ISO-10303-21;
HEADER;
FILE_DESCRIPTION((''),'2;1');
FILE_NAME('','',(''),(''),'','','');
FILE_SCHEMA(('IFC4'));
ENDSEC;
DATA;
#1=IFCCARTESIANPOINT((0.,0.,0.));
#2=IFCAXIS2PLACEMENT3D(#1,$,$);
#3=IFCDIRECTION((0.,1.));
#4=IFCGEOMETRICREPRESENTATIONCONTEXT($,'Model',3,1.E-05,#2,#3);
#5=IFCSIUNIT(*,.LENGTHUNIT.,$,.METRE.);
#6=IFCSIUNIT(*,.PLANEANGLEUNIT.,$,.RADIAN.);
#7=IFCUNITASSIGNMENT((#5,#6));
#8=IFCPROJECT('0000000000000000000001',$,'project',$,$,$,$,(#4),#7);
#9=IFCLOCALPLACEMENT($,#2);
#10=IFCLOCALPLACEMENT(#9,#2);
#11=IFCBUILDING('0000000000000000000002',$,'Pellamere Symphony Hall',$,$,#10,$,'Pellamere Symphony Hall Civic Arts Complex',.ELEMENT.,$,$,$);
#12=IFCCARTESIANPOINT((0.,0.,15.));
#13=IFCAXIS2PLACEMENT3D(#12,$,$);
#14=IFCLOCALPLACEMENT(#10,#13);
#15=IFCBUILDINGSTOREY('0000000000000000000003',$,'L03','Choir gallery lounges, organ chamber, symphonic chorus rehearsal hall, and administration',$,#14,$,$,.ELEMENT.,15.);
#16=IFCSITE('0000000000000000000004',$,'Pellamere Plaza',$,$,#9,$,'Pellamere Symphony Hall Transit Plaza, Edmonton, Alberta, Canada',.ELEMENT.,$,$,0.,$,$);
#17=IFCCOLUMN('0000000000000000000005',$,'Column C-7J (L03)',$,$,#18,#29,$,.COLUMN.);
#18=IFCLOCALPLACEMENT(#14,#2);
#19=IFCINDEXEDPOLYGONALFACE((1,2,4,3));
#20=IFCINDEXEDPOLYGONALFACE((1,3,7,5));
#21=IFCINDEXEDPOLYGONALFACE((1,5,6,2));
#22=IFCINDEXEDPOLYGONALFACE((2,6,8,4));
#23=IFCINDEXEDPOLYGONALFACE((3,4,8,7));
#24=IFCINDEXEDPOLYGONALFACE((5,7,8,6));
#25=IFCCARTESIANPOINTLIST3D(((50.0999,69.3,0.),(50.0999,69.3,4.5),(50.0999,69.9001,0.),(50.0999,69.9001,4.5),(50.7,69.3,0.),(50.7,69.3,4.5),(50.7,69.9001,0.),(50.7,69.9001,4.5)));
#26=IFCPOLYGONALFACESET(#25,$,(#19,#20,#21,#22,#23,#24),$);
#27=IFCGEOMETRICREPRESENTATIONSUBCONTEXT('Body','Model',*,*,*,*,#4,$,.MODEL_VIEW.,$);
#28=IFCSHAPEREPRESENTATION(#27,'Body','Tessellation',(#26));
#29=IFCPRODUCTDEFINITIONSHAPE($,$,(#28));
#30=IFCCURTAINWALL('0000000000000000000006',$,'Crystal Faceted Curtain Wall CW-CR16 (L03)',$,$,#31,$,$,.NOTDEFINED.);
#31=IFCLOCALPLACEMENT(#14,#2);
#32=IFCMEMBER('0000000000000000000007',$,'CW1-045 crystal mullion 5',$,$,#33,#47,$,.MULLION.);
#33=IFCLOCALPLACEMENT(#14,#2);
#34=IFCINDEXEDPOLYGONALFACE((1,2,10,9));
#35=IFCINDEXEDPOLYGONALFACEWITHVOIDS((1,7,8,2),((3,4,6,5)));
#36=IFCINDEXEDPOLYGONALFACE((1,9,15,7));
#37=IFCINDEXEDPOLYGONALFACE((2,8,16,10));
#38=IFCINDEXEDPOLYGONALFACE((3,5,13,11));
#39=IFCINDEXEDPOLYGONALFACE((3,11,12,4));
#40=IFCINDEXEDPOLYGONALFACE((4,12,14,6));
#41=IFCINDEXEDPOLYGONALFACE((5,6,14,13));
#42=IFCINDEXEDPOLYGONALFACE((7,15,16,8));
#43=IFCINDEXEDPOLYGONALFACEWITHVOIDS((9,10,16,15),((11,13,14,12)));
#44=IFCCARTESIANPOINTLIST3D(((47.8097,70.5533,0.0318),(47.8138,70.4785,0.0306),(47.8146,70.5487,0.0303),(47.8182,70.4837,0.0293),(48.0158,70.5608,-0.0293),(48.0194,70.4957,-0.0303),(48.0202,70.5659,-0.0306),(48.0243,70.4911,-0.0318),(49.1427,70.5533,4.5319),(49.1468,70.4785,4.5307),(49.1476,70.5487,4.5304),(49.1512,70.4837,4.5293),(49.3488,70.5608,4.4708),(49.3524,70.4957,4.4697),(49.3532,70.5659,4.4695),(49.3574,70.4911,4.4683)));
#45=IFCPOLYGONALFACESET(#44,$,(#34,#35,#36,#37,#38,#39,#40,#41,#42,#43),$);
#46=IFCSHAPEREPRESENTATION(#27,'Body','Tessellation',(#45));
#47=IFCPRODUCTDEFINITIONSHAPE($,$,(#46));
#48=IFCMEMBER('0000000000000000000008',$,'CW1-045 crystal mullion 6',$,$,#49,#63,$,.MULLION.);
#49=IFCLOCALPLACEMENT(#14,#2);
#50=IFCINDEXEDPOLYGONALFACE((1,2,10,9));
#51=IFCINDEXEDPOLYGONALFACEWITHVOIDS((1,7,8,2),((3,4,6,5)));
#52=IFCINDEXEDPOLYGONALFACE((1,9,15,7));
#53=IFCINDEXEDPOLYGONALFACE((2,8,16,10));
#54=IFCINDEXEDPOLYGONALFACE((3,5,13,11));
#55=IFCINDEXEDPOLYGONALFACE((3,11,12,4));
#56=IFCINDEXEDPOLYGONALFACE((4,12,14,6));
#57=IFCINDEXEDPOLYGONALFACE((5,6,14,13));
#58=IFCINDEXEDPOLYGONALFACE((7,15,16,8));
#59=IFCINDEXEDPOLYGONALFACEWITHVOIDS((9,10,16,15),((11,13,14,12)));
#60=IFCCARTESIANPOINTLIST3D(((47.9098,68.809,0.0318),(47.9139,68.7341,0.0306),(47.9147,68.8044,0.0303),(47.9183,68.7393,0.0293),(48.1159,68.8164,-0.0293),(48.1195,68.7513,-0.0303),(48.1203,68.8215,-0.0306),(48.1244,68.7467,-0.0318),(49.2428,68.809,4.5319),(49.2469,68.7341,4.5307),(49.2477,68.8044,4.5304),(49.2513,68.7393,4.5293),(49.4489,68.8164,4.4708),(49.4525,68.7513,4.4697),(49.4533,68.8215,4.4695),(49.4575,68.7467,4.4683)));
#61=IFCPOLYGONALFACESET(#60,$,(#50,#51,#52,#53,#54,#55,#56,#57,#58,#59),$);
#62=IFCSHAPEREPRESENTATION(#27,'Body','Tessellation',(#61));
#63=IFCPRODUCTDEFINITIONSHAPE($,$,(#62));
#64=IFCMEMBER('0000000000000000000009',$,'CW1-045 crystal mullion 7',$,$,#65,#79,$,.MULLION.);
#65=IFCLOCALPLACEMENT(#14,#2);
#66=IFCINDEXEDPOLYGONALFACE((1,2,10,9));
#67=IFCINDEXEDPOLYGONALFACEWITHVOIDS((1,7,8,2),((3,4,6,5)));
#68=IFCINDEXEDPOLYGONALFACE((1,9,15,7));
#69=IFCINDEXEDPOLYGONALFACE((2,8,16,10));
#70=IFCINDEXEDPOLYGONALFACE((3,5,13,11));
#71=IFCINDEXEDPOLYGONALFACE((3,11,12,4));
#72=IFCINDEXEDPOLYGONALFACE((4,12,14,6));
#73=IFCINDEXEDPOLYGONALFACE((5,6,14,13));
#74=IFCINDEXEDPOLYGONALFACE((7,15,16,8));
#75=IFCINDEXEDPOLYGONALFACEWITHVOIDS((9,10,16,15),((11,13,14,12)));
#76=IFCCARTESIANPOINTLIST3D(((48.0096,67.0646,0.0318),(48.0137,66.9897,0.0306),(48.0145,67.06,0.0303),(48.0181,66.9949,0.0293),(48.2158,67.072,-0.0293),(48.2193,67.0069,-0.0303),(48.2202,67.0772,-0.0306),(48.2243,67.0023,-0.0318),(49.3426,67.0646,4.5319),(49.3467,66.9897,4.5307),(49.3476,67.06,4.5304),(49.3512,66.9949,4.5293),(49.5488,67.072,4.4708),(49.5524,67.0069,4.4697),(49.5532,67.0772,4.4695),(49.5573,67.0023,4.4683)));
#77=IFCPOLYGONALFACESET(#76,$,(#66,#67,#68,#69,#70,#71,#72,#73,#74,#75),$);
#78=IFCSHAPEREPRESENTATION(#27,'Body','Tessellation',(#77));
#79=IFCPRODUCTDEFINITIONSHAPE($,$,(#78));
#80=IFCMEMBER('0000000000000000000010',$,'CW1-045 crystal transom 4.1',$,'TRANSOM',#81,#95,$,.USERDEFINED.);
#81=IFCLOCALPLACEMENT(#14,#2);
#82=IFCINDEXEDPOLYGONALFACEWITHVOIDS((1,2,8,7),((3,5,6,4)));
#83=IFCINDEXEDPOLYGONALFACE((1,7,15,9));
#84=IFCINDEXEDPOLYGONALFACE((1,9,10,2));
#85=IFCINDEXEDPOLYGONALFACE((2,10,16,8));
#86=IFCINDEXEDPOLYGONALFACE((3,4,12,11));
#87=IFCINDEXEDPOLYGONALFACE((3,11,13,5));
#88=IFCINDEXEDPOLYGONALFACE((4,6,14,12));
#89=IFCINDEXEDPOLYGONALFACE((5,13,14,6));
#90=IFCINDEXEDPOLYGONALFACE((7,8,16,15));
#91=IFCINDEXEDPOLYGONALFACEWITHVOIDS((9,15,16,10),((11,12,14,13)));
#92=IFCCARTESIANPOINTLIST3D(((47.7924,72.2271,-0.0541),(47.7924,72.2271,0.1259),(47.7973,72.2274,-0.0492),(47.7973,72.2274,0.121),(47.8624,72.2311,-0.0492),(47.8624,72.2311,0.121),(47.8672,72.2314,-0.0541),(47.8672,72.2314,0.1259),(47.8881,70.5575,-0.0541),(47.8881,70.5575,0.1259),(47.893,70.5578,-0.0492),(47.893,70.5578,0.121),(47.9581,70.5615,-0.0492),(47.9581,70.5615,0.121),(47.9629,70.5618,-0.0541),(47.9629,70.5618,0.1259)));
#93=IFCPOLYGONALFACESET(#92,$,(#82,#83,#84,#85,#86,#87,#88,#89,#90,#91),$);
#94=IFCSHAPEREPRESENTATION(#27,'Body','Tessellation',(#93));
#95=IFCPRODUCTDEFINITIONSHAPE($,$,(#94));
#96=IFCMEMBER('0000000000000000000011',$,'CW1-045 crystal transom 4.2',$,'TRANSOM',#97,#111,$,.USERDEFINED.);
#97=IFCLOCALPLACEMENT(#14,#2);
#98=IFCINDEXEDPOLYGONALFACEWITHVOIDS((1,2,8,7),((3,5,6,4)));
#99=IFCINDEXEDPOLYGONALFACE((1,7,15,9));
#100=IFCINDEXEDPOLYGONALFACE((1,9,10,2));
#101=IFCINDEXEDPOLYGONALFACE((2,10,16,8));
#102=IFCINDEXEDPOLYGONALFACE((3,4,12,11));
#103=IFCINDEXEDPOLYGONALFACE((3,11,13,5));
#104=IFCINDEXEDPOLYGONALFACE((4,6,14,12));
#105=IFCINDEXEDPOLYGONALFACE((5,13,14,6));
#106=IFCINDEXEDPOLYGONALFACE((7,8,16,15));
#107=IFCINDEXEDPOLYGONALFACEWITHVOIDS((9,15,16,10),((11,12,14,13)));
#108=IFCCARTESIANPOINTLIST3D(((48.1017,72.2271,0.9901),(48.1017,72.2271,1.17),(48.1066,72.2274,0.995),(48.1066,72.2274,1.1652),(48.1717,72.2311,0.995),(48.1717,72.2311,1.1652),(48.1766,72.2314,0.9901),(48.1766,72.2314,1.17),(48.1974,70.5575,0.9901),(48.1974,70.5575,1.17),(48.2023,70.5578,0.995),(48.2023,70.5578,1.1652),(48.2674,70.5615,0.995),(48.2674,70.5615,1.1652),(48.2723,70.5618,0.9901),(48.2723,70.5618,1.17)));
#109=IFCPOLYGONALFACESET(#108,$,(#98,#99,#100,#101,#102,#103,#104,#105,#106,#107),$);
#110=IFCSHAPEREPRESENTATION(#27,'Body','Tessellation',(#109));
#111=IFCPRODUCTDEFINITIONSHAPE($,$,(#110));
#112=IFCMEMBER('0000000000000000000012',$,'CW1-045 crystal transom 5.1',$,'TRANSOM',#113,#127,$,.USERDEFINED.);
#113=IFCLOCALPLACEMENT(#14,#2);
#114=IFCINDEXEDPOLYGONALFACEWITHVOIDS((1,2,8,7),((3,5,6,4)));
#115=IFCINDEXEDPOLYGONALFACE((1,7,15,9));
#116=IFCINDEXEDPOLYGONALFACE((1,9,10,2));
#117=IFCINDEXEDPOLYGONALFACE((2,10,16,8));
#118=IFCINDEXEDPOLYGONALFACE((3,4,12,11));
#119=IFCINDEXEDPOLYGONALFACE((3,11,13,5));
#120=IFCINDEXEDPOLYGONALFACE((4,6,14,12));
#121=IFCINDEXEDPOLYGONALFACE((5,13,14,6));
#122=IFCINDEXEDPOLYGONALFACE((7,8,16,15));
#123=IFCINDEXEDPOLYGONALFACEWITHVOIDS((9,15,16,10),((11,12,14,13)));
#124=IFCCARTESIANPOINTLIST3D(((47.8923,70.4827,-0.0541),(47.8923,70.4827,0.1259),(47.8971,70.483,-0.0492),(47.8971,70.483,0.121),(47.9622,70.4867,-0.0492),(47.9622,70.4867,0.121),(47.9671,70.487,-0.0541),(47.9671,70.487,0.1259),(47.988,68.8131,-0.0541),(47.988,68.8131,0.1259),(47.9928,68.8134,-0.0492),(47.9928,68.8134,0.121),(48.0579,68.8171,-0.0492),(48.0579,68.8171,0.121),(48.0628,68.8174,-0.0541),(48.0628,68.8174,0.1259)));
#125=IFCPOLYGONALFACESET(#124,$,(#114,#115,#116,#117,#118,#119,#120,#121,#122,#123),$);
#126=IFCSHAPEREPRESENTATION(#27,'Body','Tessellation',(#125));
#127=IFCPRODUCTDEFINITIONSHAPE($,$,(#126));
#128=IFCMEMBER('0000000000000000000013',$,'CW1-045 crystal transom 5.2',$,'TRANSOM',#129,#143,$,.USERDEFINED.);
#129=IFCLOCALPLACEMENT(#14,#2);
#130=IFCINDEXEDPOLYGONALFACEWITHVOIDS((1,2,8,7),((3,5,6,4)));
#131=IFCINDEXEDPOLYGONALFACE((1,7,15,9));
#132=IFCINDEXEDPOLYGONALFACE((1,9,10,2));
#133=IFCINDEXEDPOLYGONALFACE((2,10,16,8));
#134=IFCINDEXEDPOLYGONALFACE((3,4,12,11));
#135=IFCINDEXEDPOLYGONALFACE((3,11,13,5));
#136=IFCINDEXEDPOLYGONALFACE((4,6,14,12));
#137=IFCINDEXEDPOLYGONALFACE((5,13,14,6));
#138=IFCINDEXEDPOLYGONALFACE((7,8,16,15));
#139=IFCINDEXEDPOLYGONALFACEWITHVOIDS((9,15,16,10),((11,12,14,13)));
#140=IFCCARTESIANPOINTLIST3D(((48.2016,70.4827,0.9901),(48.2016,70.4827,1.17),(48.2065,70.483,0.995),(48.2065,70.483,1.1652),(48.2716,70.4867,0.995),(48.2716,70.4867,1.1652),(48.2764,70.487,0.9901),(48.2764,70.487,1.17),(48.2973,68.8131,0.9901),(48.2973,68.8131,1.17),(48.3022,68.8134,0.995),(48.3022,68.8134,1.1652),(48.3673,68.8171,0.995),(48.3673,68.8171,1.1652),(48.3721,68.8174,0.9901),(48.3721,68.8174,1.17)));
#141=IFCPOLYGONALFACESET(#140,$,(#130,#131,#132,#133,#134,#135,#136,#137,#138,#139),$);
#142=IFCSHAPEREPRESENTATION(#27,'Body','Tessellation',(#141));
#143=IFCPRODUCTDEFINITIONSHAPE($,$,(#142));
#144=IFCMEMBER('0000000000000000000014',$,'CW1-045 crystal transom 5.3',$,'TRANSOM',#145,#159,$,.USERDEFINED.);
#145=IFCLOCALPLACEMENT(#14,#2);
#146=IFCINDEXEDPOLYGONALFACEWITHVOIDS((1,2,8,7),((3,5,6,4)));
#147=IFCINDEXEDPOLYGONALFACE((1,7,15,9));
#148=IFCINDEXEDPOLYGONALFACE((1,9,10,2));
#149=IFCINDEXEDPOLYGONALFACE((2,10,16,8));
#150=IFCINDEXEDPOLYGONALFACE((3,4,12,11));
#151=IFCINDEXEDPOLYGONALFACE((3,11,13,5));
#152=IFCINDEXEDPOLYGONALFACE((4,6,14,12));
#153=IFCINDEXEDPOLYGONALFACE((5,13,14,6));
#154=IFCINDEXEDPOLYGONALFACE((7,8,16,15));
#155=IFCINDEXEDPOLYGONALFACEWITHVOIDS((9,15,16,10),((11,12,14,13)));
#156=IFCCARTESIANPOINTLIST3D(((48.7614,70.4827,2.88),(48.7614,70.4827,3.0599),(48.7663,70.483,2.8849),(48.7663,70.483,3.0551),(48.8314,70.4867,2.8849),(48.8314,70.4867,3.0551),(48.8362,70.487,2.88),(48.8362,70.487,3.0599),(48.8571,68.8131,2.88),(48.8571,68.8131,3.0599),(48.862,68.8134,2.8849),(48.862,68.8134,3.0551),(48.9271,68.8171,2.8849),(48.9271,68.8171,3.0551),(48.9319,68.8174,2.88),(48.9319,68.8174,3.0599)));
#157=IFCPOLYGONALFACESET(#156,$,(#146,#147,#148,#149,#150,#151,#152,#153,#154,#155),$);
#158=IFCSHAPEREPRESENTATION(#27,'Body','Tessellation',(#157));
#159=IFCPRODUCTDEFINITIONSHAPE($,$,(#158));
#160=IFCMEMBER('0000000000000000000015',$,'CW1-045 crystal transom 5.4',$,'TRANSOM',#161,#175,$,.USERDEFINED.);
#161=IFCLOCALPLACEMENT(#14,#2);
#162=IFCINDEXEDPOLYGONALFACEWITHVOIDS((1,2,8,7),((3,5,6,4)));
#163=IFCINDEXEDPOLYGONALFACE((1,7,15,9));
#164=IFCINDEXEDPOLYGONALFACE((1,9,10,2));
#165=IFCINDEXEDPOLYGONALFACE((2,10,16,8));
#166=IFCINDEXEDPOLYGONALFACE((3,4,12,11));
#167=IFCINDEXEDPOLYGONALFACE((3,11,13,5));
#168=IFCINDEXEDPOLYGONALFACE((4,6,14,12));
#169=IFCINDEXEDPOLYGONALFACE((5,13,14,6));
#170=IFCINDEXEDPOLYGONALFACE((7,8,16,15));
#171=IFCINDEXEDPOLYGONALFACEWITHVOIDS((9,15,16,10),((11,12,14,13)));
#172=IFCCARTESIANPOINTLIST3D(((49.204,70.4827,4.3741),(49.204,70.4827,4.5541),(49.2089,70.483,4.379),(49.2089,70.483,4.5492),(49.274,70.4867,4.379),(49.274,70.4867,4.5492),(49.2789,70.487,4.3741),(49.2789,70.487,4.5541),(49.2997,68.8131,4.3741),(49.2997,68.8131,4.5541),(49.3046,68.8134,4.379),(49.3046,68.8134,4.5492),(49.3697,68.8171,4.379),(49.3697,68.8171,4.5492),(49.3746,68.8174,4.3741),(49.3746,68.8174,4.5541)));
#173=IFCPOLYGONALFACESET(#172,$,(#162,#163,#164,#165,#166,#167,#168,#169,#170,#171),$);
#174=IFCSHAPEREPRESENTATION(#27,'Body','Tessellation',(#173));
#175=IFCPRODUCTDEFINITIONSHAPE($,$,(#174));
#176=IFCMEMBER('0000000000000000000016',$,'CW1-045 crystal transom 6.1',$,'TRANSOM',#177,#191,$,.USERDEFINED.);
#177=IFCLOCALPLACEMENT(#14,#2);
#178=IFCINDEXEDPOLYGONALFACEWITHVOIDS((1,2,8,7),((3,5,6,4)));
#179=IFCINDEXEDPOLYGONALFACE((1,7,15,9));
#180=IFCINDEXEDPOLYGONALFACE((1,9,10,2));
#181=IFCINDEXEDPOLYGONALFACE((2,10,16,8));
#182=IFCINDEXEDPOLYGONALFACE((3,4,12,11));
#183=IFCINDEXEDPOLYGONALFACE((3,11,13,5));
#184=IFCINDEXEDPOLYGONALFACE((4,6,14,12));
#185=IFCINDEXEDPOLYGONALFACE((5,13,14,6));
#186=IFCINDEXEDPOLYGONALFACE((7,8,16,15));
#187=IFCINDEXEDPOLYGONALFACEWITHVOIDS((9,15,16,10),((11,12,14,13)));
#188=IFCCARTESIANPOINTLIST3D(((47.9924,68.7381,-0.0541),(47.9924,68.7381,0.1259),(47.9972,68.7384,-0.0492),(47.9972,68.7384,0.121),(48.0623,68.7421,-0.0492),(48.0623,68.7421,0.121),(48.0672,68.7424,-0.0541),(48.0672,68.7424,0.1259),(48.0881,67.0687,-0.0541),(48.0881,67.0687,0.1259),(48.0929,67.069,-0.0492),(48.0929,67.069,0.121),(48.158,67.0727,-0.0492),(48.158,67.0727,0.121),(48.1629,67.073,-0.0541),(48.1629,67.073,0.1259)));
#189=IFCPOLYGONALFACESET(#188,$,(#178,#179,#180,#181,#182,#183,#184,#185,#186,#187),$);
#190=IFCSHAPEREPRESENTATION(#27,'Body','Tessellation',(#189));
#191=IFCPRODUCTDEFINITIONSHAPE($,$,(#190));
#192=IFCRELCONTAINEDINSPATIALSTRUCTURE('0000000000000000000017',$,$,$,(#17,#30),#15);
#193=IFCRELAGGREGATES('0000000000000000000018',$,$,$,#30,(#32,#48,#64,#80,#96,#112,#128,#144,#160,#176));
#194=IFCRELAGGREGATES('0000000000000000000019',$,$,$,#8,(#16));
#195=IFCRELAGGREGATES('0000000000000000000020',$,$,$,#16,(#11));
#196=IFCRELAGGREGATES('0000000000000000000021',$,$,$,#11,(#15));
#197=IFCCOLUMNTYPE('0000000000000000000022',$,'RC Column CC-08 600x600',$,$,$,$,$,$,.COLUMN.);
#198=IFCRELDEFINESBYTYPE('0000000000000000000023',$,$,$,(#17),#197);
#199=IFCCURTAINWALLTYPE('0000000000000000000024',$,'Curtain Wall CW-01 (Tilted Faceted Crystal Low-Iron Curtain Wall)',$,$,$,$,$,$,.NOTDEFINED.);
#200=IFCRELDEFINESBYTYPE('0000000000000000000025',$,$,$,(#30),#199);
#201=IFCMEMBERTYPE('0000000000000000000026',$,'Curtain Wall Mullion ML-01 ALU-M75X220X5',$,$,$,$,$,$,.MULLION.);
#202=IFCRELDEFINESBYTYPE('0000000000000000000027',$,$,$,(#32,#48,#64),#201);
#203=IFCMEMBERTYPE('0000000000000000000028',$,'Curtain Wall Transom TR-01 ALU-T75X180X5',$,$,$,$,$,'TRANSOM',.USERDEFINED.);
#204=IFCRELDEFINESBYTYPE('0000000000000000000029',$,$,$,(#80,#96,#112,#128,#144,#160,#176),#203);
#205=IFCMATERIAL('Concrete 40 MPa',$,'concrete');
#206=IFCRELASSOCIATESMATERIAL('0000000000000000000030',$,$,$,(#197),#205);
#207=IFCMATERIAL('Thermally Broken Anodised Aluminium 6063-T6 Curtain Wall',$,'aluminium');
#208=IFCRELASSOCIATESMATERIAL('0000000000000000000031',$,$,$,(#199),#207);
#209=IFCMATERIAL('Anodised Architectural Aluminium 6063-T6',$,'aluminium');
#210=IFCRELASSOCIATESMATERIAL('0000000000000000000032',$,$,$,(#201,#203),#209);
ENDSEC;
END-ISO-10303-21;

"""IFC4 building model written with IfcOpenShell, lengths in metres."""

from ifc_helpers import new_model, si_unit, direction, frame, origin, origin_2d, place, context, subcontext, project, spatial, rectangle, hollow_rectangle, extrude, material, material_profile, profile_set, type_object, element, aggregate, save


model = new_model("IFC4")

# Units and contexts
model_context = context("Model", 3, precision=1e-05, world=origin(), true_north=direction((0.0, 1.0)))
body_context = subcontext(model_context, "Body", "Model", "MODEL_VIEW")
ifc_project = project(units=[si_unit("LENGTHUNIT", "METRE"), si_unit("PLANEANGLEUNIT", "RADIAN")], contexts=[model_context])

# Site, building, storey
site_placement = place(None, origin())
site = spatial("IfcSite", under=ifc_project, at=site_placement, Name="Pellamere Plaza", LongName="Pellamere Symphony Hall Transit Plaza, Edmonton, Alberta, Canada", CompositionType="ELEMENT", RefElevation=0.0)
building_placement = place(site_placement, origin())
building = spatial("IfcBuilding", under=site, at=building_placement, Name="Pellamere Symphony Hall", LongName="Pellamere Symphony Hall Civic Arts Complex", CompositionType="ELEMENT")
storey_placement = place(building_placement, frame((0.0, 0.0, 15.0)))
storey = spatial("IfcBuildingStorey", under=building, at=storey_placement, Name="L03", Description="Choir gallery lounges, organ chamber, symphonic chorus rehearsal hall, and administration", CompositionType="ELEMENT", Elevation=15.0)

# Column
ifc_material_1 = material(Name="Concrete 40 MPa", Category="concrete")
ifc_material_profile_1 = material_profile(ifc_material_1, rectangle(XDim=0.6001, YDim=0.6001, at=origin_2d()), Name="RC 600x600")
ifc_profile_set_1 = profile_set([ifc_material_profile_1], Name="Concrete 40 MPa")
column_type = type_object("IfcColumnType", Name="RC Column CC-08 600x600", PredefinedType="COLUMN", material=ifc_profile_set_1)
column_placement = place(storey_placement, frame((50.3999, 69.6001, 0.0), z_axis=(0.0, 0.0, 1.0), x_axis=(1.0, 0.0, 0.0)))
element("IfcColumn", 1, at=column_placement, inside=storey, type_object=column_type, Name="Column C-7J (L03)", PredefinedType="COLUMN", context=body_context, shape_type="SweptSolid", body=[
    extrude(rectangle(XDim=0.6001, YDim=0.6001, at=origin_2d()), origin(), (0.0, 0.0, 1.0), 4.5),
])

# Curtain wall, members
ifc_material_2 = material(Name="Thermally Broken Anodised Aluminium 6063-T6 Curtain Wall", Category="aluminium")
curtain_wall_type = type_object("IfcCurtainWallType", Name="Curtain Wall CW-01 (Tilted Faceted Crystal Low-Iron Curtain Wall)", PredefinedType="NOTDEFINED", material=ifc_material_2)
curtain_wall_placement = place(storey_placement, origin())
curtain_wall = element("IfcCurtainWall", 2, at=curtain_wall_placement, inside=storey, type_object=curtain_wall_type, Name="Crystal Faceted Curtain Wall CW-CR16 (L03)", PredefinedType="NOTDEFINED")
ifc_material_3 = material(Name="Anodised Architectural Aluminium 6063-T6", Category="aluminium")
ifc_material_profile_2 = material_profile(ifc_material_3, hollow_rectangle(XDim=0.075, YDim=0.22, WallThickness=0.0049, at=origin_2d()), Name="ALU-M75X220X5")
ifc_profile_set_2 = profile_set([ifc_material_profile_2], Name="Anodised Architectural Aluminium 6063-T6")
member_type_1 = type_object("IfcMemberType", Name="Curtain Wall Mullion ML-01 ALU-M75X220X5", PredefinedType="MULLION", material=ifc_profile_set_2)
member_1_placement = place(storey_placement, frame((47.917, 70.5222, 0.0), z_axis=(0.284025, 0.0, 0.958817), x_axis=(-0.054874, 0.998361, 0.016255)))
member_1 = element("IfcMember", 3, at=member_1_placement, type_object=member_type_1, Name="CW1-045 crystal mullion 5", PredefinedType="MULLION", context=body_context, shape_type="SweptSolid", body=[
    extrude(hollow_rectangle(XDim=0.075, YDim=0.22, WallThickness=0.0049, at=origin_2d()), origin(), (0.0, 0.0, 1.0), 4.6934),
])
member_2_placement = place(storey_placement, frame((48.0171, 68.7778, 0.0), z_axis=(0.284025, 0.0, 0.958817), x_axis=(-0.054874, 0.998361, 0.016255)))
member_2 = element("IfcMember", 4, at=member_2_placement, type_object=member_type_1, Name="CW1-045 crystal mullion 6", PredefinedType="MULLION", context=body_context, shape_type="SweptSolid", body=[
    extrude(hollow_rectangle(XDim=0.075, YDim=0.22, WallThickness=0.0049, at=origin_2d()), origin(), (0.0, 0.0, 1.0), 4.6934),
])
member_3_placement = place(storey_placement, frame((48.1169, 67.0334, 0.0), z_axis=(0.284025, 0.0, 0.958817), x_axis=(-0.054874, 0.998361, 0.016255)))
member_3 = element("IfcMember", 5, at=member_3_placement, type_object=member_type_1, Name="CW1-045 crystal mullion 7", PredefinedType="MULLION", context=body_context, shape_type="SweptSolid", body=[
    extrude(hollow_rectangle(XDim=0.075, YDim=0.22, WallThickness=0.0049, at=origin_2d()), origin(), (0.0, 0.0, 1.0), 4.6934),
])
ifc_material_profile_3 = material_profile(ifc_material_3, hollow_rectangle(XDim=0.075, YDim=0.1799, WallThickness=0.0049, at=origin_2d()), Name="ALU-T75X180X5")
ifc_profile_set_3 = profile_set([ifc_material_profile_3], Name="Anodised Architectural Aluminium 6063-T6")
member_type_2 = type_object("IfcMemberType", Name="Curtain Wall Transom TR-01 ALU-T75X180X5", ElementType="TRANSOM", PredefinedType="USERDEFINED", material=ifc_profile_set_3)
member_4_placement = place(storey_placement, frame((47.8298, 72.2292, 0.0359), z_axis=(0.057224, -0.998361, 0.0), x_axis=(0.998361, 0.057224, 0.0)))
member_4 = element("IfcMember", 6, at=member_4_placement, type_object=member_type_2, Name="CW1-045 crystal transom 4.1", ObjectType="TRANSOM", PredefinedType="USERDEFINED", context=body_context, shape_type="SweptSolid", body=[
    extrude(hollow_rectangle(XDim=0.075, YDim=0.1799, WallThickness=0.0049, at=origin_2d()), origin(), (0.0, 0.0, 1.0), 1.6724),
])
member_5_placement = place(storey_placement, frame((48.1392, 72.2292, 1.0801), z_axis=(0.057224, -0.998361, 0.0), x_axis=(0.998361, 0.057224, 0.0)))
member_5 = element("IfcMember", 7, at=member_5_placement, type_object=member_type_2, Name="CW1-045 crystal transom 4.2", ObjectType="TRANSOM", PredefinedType="USERDEFINED", context=body_context, shape_type="SweptSolid", body=[
    extrude(hollow_rectangle(XDim=0.075, YDim=0.1799, WallThickness=0.0049, at=origin_2d()), origin(), (0.0, 0.0, 1.0), 1.6724),
])
member_6_placement = place(storey_placement, frame((47.9297, 70.4849, 0.0359), z_axis=(0.057224, -0.998361, 0.0), x_axis=(0.998361, 0.057224, 0.0)))
member_6 = element("IfcMember", 8, at=member_6_placement, type_object=member_type_2, Name="CW1-045 crystal transom 5.1", ObjectType="TRANSOM", PredefinedType="USERDEFINED", context=body_context, shape_type="SweptSolid", body=[
    extrude(hollow_rectangle(XDim=0.075, YDim=0.1799, WallThickness=0.0049, at=origin_2d()), origin(), (0.0, 0.0, 1.0), 1.6724),
])
member_7_placement = place(storey_placement, frame((48.239, 70.4849, 1.0801), z_axis=(0.057224, -0.998361, 0.0), x_axis=(0.998361, 0.057224, 0.0)))
member_7 = element("IfcMember", 9, at=member_7_placement, type_object=member_type_2, Name="CW1-045 crystal transom 5.2", ObjectType="TRANSOM", PredefinedType="USERDEFINED", context=body_context, shape_type="SweptSolid", body=[
    extrude(hollow_rectangle(XDim=0.075, YDim=0.1799, WallThickness=0.0049, at=origin_2d()), origin(), (0.0, 0.0, 1.0), 1.6724),
])
member_8_placement = place(storey_placement, frame((48.7988, 70.4849, 2.97), z_axis=(0.057224, -0.998361, 0.0), x_axis=(0.998361, 0.057224, 0.0)))
member_8 = element("IfcMember", 10, at=member_8_placement, type_object=member_type_2, Name="CW1-045 crystal transom 5.3", ObjectType="TRANSOM", PredefinedType="USERDEFINED", context=body_context, shape_type="SweptSolid", body=[
    extrude(hollow_rectangle(XDim=0.075, YDim=0.1799, WallThickness=0.0049, at=origin_2d()), origin(), (0.0, 0.0, 1.0), 1.6724),
])
member_9_placement = place(storey_placement, frame((49.2415, 70.4849, 4.4641), z_axis=(0.057224, -0.998361, 0.0), x_axis=(0.998361, 0.057224, 0.0)))
member_9 = element("IfcMember", 11, at=member_9_placement, type_object=member_type_2, Name="CW1-045 crystal transom 5.4", ObjectType="TRANSOM", PredefinedType="USERDEFINED", context=body_context, shape_type="SweptSolid", body=[
    extrude(hollow_rectangle(XDim=0.075, YDim=0.1799, WallThickness=0.0049, at=origin_2d()), origin(), (0.0, 0.0, 1.0), 1.6724),
])
member_10_placement = place(storey_placement, frame((48.0298, 68.7402, 0.0359), z_axis=(0.057233, -0.998361, 0.0), x_axis=(0.998361, 0.057233, 0.0)))
member_10 = element("IfcMember", 12, at=member_10_placement, type_object=member_type_2, Name="CW1-045 crystal transom 6.1", ObjectType="TRANSOM", PredefinedType="USERDEFINED", context=body_context, shape_type="SweptSolid", body=[
    extrude(hollow_rectangle(XDim=0.075, YDim=0.1799, WallThickness=0.0049, at=origin_2d()), origin(), (0.0, 0.0, 1.0), 1.6721),
])

aggregate(curtain_wall, [member_1, member_2, member_3, member_4, member_5, member_6, member_7, member_8, member_9, member_10])

save(model, "model.ifc")
